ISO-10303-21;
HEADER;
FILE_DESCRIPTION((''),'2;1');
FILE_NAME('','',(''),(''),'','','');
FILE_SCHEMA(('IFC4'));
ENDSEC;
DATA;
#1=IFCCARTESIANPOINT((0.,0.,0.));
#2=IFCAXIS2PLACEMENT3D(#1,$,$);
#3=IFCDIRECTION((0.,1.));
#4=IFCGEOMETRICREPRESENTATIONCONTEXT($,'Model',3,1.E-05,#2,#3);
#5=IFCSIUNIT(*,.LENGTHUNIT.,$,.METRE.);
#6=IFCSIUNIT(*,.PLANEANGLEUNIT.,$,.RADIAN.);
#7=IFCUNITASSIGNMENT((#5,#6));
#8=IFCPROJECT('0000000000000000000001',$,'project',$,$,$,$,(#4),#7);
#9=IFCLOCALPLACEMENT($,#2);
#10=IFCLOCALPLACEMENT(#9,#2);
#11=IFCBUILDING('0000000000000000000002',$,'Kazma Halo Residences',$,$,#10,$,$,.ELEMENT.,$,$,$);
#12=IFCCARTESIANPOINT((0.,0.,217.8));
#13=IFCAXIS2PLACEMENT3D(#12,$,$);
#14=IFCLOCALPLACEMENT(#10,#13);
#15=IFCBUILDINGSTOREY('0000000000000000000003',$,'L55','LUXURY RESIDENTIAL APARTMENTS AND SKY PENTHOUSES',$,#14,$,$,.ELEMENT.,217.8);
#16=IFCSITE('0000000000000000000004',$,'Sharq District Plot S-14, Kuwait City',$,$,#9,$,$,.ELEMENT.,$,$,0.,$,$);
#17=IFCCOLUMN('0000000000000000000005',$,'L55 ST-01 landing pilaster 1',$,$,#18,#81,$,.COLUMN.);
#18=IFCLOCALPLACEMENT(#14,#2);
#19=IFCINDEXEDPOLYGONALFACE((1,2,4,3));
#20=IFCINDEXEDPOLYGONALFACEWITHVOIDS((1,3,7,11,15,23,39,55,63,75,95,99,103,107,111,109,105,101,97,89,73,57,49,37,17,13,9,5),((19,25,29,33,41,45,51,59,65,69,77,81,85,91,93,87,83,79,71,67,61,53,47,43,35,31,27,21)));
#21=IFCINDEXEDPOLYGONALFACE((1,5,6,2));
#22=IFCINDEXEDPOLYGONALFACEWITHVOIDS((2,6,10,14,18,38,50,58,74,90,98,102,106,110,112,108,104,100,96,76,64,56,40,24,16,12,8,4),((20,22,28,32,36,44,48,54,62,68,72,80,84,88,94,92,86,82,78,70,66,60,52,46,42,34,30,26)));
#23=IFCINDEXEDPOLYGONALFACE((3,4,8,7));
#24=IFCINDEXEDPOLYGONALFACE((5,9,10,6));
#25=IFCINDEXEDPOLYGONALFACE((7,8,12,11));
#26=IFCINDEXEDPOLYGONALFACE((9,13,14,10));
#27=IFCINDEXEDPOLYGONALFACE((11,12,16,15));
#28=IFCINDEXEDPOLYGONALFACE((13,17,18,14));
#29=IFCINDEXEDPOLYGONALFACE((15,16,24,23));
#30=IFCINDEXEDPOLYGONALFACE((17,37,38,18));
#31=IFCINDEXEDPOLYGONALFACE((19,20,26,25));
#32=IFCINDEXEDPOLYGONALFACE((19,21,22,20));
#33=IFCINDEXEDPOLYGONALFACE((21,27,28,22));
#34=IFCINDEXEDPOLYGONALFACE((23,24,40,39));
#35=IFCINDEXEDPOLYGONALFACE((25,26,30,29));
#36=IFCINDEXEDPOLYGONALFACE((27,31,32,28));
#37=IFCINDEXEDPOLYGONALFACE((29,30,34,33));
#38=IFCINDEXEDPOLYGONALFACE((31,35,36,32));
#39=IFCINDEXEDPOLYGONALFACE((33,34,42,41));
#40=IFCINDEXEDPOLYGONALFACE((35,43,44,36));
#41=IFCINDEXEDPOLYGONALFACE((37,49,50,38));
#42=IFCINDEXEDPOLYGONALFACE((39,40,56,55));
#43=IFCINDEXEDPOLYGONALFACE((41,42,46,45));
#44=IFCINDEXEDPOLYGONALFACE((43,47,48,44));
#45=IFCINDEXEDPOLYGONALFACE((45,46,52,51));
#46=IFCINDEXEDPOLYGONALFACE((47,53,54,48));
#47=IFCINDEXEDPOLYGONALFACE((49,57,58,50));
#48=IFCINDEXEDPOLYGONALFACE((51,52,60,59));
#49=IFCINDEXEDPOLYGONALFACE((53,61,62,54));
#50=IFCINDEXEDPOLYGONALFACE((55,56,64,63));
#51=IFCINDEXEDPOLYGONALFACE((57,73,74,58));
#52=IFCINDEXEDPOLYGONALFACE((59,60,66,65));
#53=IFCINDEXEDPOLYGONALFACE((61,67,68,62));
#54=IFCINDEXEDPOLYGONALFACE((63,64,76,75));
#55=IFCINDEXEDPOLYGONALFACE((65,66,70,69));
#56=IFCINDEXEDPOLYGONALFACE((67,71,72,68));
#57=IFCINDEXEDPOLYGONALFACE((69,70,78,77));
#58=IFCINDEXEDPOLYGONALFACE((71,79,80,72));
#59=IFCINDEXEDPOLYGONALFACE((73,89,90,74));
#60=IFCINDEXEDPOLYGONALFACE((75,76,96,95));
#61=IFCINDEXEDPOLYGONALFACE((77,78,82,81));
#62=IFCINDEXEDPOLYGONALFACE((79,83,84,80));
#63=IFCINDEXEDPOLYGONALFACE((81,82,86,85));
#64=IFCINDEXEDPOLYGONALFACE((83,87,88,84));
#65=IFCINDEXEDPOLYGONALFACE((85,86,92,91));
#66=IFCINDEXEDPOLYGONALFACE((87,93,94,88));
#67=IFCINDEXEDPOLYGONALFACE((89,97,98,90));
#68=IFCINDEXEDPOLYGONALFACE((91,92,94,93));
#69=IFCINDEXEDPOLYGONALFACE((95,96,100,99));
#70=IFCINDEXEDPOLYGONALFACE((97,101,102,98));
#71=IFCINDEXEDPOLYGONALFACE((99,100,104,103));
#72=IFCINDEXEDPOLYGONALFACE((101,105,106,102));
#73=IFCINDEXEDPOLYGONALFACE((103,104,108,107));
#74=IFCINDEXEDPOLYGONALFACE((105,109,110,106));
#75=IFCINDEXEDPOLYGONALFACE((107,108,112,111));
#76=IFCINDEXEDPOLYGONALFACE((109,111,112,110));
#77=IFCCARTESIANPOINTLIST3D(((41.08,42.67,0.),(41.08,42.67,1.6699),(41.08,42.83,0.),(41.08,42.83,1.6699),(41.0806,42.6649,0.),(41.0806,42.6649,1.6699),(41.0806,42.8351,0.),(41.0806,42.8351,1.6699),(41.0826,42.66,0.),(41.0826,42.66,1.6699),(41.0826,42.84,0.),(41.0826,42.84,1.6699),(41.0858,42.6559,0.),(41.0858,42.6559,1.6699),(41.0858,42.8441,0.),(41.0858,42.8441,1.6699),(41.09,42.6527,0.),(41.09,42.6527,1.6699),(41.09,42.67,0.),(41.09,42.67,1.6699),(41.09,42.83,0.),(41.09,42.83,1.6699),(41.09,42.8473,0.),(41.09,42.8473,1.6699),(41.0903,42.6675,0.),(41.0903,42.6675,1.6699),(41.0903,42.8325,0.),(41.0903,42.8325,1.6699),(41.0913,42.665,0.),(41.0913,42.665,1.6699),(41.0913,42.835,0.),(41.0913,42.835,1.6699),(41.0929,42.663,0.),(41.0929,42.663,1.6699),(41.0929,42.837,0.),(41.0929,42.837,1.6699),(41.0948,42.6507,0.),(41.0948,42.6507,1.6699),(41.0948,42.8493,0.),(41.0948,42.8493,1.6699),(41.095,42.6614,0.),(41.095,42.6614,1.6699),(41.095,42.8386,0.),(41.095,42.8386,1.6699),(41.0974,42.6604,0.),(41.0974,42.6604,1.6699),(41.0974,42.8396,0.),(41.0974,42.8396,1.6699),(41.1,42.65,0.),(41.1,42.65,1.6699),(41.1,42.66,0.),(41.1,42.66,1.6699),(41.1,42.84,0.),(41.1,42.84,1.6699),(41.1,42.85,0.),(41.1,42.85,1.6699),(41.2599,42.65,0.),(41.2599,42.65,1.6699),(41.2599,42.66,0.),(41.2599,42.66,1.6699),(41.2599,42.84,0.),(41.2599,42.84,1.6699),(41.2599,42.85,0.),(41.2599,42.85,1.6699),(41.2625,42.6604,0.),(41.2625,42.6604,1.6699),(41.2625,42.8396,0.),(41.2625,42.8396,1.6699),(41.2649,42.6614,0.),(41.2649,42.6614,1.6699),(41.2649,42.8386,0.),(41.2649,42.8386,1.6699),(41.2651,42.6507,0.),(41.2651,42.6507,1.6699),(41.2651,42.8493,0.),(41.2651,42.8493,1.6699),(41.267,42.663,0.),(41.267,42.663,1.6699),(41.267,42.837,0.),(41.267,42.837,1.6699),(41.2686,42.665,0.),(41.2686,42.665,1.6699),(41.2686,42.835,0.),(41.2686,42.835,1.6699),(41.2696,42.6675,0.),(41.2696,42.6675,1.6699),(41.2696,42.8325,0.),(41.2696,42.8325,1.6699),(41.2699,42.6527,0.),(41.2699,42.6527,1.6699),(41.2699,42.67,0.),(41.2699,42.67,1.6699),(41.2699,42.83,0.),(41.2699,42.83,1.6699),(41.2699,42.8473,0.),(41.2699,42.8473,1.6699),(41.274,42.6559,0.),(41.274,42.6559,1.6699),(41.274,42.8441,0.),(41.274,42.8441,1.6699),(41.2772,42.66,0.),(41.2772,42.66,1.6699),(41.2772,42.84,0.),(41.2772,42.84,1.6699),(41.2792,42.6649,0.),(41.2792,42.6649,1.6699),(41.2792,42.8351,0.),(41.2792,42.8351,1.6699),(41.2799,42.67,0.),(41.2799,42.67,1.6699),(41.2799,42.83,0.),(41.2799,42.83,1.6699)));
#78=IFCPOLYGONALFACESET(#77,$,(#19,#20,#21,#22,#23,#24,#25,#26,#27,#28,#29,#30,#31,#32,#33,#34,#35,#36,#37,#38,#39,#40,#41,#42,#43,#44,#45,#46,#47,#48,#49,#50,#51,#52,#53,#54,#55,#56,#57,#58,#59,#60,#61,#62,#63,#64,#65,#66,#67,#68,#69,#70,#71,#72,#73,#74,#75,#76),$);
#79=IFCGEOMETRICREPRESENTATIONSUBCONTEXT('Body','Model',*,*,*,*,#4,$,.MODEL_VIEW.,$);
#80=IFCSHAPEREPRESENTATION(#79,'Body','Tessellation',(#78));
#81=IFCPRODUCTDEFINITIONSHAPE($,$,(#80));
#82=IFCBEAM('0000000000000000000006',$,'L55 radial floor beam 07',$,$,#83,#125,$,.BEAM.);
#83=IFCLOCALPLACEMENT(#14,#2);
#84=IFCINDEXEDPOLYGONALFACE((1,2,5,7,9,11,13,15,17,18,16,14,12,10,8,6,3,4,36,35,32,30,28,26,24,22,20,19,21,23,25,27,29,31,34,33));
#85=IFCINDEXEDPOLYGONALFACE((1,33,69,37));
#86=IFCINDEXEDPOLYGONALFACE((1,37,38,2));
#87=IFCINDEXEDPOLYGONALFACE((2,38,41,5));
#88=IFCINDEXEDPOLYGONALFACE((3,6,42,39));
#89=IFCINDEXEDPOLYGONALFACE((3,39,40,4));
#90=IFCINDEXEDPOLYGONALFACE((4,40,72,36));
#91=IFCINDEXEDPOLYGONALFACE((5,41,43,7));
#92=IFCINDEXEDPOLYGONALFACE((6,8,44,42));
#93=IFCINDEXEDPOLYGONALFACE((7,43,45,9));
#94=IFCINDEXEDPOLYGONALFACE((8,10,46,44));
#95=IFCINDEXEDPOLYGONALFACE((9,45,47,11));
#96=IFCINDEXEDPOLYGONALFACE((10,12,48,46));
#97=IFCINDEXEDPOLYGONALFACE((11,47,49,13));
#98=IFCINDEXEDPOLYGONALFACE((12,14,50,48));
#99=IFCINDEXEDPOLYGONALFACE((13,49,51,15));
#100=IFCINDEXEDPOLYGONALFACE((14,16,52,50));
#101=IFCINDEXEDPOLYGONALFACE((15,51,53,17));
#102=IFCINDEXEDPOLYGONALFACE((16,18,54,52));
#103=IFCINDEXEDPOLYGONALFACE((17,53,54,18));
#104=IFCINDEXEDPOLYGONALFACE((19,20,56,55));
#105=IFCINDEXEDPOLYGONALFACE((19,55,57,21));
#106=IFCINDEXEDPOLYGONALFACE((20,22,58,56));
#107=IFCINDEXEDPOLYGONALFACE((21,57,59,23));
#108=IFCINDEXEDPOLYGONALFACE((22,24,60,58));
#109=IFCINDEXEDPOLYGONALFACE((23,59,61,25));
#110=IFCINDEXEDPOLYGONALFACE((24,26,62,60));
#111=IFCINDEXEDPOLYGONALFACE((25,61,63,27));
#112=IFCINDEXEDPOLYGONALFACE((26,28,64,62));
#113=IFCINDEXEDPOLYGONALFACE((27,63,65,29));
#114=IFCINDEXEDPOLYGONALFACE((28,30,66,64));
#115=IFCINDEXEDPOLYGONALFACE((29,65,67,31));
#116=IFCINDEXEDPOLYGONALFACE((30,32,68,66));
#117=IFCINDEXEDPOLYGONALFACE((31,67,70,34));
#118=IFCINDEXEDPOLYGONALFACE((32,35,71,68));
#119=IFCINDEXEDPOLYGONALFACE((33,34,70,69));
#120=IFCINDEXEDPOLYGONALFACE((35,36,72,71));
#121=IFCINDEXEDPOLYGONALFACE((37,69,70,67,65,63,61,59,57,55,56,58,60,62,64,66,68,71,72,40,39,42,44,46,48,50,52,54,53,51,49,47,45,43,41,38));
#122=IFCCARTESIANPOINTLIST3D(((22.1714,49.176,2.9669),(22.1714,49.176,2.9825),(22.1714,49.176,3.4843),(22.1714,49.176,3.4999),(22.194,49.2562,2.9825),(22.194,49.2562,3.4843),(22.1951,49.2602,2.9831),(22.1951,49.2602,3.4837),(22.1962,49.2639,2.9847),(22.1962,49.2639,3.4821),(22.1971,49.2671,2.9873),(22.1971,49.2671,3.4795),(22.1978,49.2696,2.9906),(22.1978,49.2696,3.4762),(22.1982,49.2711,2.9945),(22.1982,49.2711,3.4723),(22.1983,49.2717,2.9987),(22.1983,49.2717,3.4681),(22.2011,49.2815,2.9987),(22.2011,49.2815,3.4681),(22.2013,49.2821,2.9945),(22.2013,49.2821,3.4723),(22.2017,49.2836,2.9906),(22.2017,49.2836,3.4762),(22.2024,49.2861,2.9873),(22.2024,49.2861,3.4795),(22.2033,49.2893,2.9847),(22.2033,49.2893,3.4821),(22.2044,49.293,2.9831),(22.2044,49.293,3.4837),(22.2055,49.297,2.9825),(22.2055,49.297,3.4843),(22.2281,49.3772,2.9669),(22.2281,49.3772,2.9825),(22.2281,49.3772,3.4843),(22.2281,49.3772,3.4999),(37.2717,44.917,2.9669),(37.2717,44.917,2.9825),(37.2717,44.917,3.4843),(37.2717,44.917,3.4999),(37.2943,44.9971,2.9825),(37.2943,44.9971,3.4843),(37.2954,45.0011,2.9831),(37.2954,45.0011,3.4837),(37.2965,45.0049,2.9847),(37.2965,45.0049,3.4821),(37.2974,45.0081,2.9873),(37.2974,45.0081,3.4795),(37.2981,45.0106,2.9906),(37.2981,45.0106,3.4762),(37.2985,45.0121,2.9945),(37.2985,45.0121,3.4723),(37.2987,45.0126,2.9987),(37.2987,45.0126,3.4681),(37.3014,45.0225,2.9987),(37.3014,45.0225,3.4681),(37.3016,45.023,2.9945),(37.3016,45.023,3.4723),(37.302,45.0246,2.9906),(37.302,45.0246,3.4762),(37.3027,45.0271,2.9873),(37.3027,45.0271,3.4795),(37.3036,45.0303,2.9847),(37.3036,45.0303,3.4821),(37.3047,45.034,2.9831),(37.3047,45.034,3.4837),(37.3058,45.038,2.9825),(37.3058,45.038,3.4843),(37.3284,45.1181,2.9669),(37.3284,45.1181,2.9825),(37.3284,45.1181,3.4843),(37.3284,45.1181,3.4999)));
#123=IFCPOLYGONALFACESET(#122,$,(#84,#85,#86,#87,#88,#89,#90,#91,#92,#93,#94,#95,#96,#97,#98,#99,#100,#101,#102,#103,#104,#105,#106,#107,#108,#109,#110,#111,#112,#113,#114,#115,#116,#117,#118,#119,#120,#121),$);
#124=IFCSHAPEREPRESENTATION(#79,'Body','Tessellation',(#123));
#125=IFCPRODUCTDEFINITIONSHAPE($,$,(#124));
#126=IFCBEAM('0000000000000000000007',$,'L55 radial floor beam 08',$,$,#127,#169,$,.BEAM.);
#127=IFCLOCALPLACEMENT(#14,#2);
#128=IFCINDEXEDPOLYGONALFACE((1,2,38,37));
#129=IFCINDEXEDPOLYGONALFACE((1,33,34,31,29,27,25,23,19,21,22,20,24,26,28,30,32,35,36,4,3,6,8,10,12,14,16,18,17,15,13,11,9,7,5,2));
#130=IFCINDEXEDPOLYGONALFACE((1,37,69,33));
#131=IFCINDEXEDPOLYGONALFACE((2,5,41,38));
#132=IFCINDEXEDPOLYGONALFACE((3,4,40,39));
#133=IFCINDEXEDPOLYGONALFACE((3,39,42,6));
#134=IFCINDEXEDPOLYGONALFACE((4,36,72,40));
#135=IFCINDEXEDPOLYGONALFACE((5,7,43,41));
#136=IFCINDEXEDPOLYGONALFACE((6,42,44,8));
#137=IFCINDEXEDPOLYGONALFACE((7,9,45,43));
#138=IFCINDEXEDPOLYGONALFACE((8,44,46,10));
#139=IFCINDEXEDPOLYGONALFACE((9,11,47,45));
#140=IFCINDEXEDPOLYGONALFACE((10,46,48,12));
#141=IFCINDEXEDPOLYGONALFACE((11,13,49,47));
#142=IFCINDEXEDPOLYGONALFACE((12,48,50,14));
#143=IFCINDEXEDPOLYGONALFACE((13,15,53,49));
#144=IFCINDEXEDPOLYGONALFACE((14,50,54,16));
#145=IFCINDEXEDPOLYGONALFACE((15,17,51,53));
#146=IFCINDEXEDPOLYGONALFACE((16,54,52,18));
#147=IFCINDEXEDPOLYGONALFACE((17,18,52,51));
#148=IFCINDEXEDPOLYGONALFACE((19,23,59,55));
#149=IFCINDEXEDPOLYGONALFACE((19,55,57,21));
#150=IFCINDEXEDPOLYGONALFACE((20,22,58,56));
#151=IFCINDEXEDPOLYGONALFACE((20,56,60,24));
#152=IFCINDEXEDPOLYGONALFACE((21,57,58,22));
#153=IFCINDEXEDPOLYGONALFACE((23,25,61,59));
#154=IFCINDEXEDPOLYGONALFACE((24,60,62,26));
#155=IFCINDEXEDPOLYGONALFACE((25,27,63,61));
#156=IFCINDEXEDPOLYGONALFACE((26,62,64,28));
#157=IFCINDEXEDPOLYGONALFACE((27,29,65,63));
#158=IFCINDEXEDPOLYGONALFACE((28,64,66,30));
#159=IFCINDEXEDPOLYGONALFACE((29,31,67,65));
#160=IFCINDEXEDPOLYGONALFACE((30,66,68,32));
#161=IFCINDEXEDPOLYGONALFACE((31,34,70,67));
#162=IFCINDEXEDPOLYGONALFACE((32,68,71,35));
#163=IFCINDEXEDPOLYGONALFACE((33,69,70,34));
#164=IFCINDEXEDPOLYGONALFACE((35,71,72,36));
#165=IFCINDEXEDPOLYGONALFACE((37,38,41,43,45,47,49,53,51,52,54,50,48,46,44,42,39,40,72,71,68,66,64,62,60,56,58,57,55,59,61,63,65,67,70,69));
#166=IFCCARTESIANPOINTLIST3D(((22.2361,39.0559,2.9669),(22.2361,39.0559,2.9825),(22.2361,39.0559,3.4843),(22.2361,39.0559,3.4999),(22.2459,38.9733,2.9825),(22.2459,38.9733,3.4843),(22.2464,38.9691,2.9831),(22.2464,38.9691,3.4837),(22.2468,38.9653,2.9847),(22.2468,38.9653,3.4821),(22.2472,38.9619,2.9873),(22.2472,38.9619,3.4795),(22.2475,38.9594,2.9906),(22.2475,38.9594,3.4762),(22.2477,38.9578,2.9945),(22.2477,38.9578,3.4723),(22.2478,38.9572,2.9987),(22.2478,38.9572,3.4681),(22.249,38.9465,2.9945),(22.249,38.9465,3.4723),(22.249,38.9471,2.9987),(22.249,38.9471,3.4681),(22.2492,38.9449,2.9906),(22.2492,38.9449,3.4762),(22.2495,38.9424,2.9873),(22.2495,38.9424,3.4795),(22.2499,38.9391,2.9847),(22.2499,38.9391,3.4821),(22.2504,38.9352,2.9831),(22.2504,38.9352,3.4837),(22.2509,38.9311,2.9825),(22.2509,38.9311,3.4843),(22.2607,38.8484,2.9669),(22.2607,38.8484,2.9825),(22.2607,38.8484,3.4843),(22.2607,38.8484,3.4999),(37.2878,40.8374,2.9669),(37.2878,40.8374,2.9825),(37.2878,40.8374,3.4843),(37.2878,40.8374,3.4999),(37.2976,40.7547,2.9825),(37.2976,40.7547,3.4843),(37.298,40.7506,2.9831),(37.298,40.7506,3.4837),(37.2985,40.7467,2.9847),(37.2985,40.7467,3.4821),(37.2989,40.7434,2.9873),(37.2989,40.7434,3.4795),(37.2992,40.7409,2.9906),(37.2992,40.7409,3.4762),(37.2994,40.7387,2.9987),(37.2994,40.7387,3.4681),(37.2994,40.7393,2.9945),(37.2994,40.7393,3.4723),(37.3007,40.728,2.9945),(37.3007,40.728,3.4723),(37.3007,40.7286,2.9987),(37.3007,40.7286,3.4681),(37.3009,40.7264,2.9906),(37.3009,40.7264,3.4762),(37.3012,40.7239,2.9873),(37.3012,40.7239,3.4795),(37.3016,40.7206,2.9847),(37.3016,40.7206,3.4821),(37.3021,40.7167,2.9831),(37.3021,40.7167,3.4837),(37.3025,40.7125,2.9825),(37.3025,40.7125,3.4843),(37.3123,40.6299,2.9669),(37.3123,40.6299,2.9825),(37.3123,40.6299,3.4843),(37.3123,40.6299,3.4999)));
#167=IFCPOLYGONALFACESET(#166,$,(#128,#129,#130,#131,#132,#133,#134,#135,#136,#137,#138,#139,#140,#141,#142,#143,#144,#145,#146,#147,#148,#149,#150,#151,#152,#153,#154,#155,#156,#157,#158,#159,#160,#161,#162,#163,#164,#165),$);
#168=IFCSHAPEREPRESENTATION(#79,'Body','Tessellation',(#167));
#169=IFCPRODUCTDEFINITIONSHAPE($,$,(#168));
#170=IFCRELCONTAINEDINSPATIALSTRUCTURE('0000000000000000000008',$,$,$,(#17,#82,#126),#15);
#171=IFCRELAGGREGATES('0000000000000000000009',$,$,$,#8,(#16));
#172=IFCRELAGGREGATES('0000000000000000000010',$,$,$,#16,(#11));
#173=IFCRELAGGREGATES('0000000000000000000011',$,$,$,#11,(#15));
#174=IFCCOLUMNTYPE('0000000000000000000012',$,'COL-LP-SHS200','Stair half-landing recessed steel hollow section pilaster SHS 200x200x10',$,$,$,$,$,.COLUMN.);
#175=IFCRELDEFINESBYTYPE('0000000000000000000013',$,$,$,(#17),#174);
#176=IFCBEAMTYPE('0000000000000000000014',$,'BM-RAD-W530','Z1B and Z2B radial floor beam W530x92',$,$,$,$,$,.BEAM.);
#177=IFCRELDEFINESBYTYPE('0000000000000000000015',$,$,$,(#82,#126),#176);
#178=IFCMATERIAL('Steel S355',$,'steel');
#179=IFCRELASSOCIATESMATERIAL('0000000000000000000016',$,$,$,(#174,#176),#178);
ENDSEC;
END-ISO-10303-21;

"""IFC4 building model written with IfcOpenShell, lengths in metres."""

from ifc_helpers import new_model, si_unit, direction, frame, origin, origin_2d, place, context, subcontext, project, spatial, hollow_rectangle, i_section, extrude, material, material_profile, profile_set, type_object, element, save


model = new_model("IFC4")

# Units and contexts
model_context = context("Model", 3, precision=1e-05, world=origin(), true_north=direction((0.0, 1.0)))
body_context = subcontext(model_context, "Body", "Model", "MODEL_VIEW")
ifc_project = project(units=[si_unit("LENGTHUNIT", "METRE"), si_unit("PLANEANGLEUNIT", "RADIAN")], contexts=[model_context])

# Site, building, storey
site_placement = place(None, origin())
site = spatial("IfcSite", under=ifc_project, at=site_placement, Name="Sharq District Plot S-14, Kuwait City", CompositionType="ELEMENT", RefElevation=0.0)
building_placement = place(site_placement, origin())
building = spatial("IfcBuilding", under=site, at=building_placement, Name="Kazma Halo Residences", CompositionType="ELEMENT")
storey_placement = place(building_placement, frame((0.0, 0.0, 217.8)))
storey = spatial("IfcBuildingStorey", under=building, at=storey_placement, Name="L55", Description="LUXURY RESIDENTIAL APARTMENTS AND SKY PENTHOUSES", CompositionType="ELEMENT", Elevation=217.8)

# Column
ifc_material_1 = material(Name="Steel S355", Category="steel")
ifc_material_profile_1 = material_profile(ifc_material_1, hollow_rectangle(XDim=0.2, YDim=0.2, WallThickness=0.01, InnerFilletRadius=0.01, OuterFilletRadius=0.02, at=origin_2d()), Name="SHS200x200x10")
ifc_profile_set_1 = profile_set([ifc_material_profile_1], Name="Steel S355")
column_type = type_object("IfcColumnType", Name="COL-LP-SHS200", Description="Stair half-landing recessed steel hollow section pilaster SHS 200x200x10", PredefinedType="COLUMN", material=ifc_profile_set_1)
column_placement = place(storey_placement, frame((41.1799, 42.75, 0.0), z_axis=(0.0, 0.0, 1.0), x_axis=(1.0, 0.0, 0.0)))
element("IfcColumn", 1, at=column_placement, inside=storey, type_object=column_type, Name="L55 ST-01 landing pilaster 1", PredefinedType="COLUMN", context=body_context, shape_type="SweptSolid", body=[
    extrude(hollow_rectangle(XDim=0.2, YDim=0.2, WallThickness=0.01, InnerFilletRadius=0.01, OuterFilletRadius=0.02, at=origin_2d()), origin(), (0.0, 0.0, 1.0), 1.6699),
])

# Beams
ifc_material_profile_2 = material_profile(ifc_material_1, i_section(OverallWidth=0.209, OverallDepth=0.533, WebThickness=0.0103, FlangeThickness=0.0156, FilletRadius=0.0161, at=origin_2d()), Name="W530x92")
ifc_profile_set_2 = profile_set([ifc_material_profile_2], Name="Steel S355")
beam_type_1 = type_object("IfcBeamType", Name="BM-RAD-W530", Description="Z1B and Z2B radial floor beam W530x92", PredefinedType="BEAM", material=ifc_profile_set_2)
beam_1_placement = place(storey_placement, frame((37.3, 45.0176, 3.2334), z_axis=(-0.96245, 0.271458, 0.0), x_axis=(-0.271458, -0.96245, 0.0)))
element("IfcBeam", 2, at=beam_1_placement, inside=storey, type_object=beam_type_1, Name="L55 radial floor beam 07", PredefinedType="BEAM", context=body_context, shape_type="SweptSolid", body=[
    extrude(i_section(OverallWidth=0.209, OverallDepth=0.533, WebThickness=0.0103, FlangeThickness=0.0156, FilletRadius=0.0161, at=origin_2d()), origin(), (0.0, 0.0, 1.0), 15.6895),
])
beam_2_placement = place(storey_placement, frame((37.3, 40.7336, 3.2334), z_axis=(-0.993068, -0.117537, 0.0), x_axis=(0.117537, -0.993068, 0.0)))
element("IfcBeam", 3, at=beam_2_placement, inside=storey, type_object=beam_type_1, Name="L55 radial floor beam 08", PredefinedType="BEAM", context=body_context, shape_type="SweptSolid", body=[
    extrude(i_section(OverallWidth=0.209, OverallDepth=0.533, WebThickness=0.0103, FlangeThickness=0.0156, FilletRadius=0.0161, at=origin_2d()), origin(), (0.0, 0.0, 1.0), 15.1567),
])

save(model, "model.ifc")
